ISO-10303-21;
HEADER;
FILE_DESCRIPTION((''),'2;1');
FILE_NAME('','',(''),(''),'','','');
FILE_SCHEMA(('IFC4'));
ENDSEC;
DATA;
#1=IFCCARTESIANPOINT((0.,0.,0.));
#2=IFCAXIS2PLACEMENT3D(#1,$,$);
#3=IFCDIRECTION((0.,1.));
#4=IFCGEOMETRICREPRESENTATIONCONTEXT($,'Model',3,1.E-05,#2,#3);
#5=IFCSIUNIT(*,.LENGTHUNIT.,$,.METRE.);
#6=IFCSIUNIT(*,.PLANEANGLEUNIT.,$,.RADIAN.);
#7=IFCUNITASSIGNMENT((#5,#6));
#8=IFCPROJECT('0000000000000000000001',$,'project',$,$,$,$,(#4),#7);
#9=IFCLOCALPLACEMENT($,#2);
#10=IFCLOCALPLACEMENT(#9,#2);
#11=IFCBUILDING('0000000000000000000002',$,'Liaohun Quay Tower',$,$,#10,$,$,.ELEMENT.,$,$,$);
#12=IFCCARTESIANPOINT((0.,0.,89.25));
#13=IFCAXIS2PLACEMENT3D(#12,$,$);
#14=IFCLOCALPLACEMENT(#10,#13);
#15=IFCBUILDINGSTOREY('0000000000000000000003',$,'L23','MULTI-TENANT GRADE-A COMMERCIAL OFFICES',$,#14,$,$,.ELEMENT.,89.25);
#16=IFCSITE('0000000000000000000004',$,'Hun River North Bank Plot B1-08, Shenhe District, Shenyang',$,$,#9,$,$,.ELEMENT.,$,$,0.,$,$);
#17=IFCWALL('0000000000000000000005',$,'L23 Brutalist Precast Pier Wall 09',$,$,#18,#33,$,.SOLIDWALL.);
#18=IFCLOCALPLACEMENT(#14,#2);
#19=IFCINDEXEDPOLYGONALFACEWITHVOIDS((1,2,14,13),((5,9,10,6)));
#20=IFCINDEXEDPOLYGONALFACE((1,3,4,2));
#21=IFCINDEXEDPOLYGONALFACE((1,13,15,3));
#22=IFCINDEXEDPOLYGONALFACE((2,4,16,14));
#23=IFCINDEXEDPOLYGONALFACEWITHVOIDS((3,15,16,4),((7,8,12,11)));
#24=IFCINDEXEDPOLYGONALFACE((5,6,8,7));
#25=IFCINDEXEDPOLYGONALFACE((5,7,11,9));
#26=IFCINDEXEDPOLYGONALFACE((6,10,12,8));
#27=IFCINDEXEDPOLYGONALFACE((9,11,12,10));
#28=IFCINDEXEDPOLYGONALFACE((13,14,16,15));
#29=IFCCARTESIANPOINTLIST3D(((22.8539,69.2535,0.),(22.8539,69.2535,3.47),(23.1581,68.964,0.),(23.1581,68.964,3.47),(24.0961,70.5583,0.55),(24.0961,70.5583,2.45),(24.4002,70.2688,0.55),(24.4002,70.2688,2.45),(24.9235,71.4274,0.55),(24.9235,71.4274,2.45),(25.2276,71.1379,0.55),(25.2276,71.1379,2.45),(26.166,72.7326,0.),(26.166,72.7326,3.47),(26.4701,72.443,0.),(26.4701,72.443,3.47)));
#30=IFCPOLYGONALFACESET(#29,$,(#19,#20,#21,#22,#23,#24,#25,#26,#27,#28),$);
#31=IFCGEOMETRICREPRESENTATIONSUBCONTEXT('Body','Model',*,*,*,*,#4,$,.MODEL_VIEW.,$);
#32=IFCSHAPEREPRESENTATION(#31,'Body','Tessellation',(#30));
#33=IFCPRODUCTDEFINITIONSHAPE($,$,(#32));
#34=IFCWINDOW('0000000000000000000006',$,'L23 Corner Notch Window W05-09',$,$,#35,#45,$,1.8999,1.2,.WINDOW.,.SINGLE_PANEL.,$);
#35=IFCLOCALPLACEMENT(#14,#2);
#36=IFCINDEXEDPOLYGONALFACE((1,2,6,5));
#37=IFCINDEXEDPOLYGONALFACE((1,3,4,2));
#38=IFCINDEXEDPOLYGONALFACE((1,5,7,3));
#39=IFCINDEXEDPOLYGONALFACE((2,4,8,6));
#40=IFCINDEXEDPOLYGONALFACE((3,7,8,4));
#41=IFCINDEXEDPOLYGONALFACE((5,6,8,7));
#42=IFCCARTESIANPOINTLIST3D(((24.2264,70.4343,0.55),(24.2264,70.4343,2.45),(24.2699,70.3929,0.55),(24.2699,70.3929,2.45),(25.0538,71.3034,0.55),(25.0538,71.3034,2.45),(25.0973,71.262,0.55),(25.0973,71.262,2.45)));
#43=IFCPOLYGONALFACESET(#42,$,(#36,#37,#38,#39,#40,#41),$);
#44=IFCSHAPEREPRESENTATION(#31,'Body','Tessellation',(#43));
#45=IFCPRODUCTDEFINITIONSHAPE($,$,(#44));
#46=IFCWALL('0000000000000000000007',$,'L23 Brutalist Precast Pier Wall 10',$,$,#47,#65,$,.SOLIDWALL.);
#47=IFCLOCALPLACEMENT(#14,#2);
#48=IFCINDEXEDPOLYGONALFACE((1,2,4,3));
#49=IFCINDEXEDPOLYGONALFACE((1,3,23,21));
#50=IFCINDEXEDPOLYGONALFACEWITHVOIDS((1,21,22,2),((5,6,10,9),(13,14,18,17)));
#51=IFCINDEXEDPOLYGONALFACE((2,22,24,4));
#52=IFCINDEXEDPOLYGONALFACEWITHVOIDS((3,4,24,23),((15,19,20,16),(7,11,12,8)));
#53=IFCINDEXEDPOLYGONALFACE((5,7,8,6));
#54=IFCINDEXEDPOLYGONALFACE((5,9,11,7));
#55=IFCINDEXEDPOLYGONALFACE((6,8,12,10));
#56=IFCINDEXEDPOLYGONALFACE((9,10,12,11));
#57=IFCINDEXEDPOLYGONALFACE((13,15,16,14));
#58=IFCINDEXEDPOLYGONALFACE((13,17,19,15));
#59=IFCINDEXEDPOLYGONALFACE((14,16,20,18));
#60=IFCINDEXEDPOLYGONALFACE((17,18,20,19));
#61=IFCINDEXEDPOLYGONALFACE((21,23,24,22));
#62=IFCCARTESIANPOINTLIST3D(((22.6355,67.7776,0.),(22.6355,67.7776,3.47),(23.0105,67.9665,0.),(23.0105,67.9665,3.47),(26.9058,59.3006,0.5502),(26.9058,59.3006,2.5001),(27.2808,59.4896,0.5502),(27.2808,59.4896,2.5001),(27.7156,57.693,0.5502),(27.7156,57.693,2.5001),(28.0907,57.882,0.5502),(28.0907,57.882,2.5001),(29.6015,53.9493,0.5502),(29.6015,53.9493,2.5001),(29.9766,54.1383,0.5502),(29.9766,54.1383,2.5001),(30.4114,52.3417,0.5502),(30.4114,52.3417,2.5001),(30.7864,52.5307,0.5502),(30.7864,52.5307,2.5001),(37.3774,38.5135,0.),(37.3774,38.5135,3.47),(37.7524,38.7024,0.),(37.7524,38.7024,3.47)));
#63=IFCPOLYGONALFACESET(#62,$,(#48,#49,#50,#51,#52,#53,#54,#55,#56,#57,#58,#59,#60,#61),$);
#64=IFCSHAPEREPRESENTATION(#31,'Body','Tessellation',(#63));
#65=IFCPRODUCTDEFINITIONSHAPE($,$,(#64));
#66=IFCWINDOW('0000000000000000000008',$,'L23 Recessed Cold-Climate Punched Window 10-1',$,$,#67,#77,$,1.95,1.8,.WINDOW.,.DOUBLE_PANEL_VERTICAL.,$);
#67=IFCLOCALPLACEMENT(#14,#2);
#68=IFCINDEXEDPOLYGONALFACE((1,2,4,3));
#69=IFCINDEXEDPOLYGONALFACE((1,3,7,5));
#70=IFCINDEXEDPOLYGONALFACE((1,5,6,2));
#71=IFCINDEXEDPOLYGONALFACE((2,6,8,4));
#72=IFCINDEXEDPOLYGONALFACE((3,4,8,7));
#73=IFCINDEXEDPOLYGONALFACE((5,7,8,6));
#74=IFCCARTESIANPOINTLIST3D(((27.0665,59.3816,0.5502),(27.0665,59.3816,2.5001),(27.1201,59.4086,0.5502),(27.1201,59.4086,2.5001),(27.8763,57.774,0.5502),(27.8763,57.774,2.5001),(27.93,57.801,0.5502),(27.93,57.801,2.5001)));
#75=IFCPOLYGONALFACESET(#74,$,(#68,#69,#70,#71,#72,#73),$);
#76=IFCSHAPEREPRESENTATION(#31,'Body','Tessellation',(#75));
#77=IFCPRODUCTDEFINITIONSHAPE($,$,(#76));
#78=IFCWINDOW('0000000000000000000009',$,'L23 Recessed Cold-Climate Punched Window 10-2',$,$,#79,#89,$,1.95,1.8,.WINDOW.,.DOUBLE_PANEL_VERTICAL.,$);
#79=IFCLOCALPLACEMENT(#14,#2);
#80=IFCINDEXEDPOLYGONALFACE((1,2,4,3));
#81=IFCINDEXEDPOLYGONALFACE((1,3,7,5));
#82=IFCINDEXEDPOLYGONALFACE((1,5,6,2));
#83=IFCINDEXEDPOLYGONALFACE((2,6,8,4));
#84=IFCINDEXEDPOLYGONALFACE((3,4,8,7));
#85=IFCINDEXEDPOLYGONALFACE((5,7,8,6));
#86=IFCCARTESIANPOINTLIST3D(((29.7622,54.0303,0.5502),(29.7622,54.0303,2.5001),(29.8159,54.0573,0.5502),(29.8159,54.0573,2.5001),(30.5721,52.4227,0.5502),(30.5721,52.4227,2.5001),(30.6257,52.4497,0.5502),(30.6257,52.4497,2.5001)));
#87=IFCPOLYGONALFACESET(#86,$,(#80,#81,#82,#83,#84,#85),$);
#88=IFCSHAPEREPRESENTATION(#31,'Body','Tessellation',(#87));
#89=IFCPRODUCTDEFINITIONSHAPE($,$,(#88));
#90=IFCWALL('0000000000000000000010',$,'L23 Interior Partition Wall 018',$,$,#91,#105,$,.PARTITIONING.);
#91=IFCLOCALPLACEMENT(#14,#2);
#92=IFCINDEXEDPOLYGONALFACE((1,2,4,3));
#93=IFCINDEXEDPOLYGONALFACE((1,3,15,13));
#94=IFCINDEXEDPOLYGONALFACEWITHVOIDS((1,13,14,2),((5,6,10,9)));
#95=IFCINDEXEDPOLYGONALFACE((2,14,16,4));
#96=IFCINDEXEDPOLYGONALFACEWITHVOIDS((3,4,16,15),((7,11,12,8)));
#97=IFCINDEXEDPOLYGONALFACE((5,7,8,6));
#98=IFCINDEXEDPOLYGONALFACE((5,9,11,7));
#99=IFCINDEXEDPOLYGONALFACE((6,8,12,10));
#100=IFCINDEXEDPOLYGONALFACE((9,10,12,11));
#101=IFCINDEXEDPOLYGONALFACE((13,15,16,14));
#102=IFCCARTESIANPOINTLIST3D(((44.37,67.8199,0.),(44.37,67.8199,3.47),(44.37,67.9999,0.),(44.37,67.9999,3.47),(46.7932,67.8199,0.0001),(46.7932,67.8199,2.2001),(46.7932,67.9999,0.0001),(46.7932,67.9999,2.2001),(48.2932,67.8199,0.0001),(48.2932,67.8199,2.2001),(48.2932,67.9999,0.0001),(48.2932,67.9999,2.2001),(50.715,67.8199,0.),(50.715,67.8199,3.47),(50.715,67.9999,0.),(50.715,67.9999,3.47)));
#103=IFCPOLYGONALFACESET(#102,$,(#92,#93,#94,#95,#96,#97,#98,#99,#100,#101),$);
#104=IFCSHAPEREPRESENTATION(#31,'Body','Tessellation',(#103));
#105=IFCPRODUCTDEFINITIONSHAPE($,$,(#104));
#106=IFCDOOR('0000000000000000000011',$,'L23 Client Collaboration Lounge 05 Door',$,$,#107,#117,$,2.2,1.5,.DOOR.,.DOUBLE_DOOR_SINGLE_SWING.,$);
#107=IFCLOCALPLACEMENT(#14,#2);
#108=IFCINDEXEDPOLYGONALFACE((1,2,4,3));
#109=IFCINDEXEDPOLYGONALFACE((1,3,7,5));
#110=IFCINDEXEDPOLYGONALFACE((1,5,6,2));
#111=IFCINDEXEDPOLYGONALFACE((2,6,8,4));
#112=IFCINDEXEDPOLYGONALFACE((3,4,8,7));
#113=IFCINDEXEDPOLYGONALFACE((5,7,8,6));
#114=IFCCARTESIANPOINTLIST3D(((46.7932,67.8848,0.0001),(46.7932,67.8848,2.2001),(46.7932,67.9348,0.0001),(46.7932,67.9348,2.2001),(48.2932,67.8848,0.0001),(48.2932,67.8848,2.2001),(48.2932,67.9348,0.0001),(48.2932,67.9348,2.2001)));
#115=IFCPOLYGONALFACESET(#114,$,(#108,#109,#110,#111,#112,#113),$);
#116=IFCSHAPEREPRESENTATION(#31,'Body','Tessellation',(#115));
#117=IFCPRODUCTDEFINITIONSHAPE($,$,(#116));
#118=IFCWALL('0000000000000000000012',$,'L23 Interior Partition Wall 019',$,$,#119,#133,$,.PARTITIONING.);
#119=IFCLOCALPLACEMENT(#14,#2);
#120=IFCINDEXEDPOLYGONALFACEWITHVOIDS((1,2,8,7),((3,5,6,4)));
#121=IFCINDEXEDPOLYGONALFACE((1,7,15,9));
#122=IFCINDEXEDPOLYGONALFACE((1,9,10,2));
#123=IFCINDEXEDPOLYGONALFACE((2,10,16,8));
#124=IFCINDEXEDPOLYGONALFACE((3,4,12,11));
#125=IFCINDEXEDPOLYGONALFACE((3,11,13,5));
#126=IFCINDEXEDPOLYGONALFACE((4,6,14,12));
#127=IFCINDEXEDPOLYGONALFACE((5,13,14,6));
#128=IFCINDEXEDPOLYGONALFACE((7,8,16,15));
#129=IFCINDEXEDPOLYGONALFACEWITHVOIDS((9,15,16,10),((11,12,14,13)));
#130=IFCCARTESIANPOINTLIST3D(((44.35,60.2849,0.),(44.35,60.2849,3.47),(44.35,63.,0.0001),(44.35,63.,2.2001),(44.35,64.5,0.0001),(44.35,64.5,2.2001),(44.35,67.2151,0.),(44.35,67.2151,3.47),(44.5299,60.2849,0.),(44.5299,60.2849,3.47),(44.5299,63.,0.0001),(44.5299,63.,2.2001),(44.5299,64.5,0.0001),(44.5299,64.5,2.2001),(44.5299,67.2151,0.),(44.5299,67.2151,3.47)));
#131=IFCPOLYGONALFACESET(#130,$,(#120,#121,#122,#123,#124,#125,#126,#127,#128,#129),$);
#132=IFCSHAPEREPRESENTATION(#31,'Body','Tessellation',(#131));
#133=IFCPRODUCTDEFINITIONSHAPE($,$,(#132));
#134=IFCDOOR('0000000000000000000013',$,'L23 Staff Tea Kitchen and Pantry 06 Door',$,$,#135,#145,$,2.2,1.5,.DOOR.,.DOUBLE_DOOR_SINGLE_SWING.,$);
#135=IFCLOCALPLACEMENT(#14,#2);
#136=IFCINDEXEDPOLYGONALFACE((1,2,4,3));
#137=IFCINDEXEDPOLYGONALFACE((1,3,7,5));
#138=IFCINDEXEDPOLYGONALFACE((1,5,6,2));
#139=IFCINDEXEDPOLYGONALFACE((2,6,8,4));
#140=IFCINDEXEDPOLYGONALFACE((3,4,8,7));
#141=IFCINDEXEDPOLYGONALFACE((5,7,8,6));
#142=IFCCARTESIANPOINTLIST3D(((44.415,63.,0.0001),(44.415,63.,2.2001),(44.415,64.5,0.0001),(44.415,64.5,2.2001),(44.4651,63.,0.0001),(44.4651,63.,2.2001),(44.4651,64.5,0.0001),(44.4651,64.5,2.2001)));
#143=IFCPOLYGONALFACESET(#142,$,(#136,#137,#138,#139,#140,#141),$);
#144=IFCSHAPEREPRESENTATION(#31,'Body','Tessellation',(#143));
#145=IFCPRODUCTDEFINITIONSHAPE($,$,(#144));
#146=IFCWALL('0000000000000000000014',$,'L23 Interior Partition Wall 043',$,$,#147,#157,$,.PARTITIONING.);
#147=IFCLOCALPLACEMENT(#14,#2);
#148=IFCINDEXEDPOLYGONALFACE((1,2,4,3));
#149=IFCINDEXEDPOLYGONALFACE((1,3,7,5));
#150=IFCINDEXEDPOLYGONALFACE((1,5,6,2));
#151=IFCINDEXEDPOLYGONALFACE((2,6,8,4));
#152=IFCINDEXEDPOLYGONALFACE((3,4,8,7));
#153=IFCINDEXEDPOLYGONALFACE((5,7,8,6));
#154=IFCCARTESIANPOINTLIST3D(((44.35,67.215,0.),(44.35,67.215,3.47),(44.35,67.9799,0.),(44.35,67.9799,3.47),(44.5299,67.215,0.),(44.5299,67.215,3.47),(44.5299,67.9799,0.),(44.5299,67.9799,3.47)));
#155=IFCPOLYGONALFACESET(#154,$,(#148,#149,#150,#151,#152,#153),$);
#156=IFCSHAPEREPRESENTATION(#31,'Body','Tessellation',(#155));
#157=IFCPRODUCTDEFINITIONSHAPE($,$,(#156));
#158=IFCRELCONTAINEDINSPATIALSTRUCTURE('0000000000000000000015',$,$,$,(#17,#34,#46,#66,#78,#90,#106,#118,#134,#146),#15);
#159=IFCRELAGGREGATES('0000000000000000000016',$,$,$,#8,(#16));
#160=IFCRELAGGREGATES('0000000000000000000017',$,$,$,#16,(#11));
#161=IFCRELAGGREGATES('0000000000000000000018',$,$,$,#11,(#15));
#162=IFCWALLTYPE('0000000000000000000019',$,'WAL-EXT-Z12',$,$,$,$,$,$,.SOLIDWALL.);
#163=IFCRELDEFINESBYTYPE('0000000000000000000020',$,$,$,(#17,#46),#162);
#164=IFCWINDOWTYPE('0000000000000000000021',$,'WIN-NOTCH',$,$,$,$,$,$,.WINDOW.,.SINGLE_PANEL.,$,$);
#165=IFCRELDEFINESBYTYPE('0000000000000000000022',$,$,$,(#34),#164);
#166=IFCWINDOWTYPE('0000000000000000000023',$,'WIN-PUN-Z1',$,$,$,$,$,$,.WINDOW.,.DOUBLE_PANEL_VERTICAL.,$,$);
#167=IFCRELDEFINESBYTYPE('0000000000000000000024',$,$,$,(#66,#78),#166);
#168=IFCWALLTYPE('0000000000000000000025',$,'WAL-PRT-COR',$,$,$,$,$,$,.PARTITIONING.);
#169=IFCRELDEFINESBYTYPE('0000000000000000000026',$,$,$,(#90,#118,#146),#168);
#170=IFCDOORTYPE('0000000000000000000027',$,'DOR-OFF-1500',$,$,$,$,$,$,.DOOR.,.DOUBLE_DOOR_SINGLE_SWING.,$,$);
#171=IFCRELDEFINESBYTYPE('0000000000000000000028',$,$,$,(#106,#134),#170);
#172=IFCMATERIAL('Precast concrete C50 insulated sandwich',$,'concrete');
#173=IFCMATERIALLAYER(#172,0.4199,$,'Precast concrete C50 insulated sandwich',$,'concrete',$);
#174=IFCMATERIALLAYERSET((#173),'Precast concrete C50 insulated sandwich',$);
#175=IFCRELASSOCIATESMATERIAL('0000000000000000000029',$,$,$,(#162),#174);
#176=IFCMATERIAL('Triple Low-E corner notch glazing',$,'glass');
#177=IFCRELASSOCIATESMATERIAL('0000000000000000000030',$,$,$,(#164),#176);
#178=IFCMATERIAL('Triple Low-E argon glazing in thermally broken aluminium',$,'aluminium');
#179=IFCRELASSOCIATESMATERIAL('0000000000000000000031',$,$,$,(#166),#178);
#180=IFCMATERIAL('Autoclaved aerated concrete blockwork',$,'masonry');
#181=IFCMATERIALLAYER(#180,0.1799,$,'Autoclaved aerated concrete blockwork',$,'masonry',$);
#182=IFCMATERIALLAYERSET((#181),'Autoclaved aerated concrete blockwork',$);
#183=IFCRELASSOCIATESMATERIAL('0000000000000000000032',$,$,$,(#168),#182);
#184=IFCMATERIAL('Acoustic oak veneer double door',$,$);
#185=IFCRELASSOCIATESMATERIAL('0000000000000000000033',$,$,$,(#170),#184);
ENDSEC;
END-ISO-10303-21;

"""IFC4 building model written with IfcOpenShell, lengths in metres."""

from ifc_helpers import new_model, si_unit, direction, frame, frame_2d, origin, place, context, subcontext, project, spatial, rectangle, extrude, source, transform, mapped, material, layer, layer_set, type_object, element, fill, save


model = new_model("IFC4")

# Units and contexts
model_context = context("Model", 3, precision=1e-05, world=origin(), true_north=direction((0.0, 1.0)))
body_context = subcontext(model_context, "Body", "Model", "MODEL_VIEW")
ifc_project = project(units=[si_unit("LENGTHUNIT", "METRE"), si_unit("PLANEANGLEUNIT", "RADIAN")], contexts=[model_context])

# Site, building, storey
site_placement = place(None, origin())
site = spatial("IfcSite", under=ifc_project, at=site_placement, Name="Hun River North Bank Plot B1-08, Shenhe District, Shenyang", CompositionType="ELEMENT", RefElevation=0.0)
building_placement = place(site_placement, origin())
building = spatial("IfcBuilding", under=site, at=building_placement, Name="Liaohun Quay Tower", CompositionType="ELEMENT")
storey_placement = place(building_placement, frame((0.0, 0.0, 89.25)))
storey = spatial("IfcBuildingStorey", under=building, at=storey_placement, Name="L23", Description="MULTI-TENANT GRADE-A COMMERCIAL OFFICES", CompositionType="ELEMENT", Elevation=89.25)

# Wall, opening, window
ifc_material_1 = material(Name="Precast concrete C50 insulated sandwich", Category="concrete")
ifc_layer_1 = layer(ifc_material_1, 0.4199, Name="Precast concrete C50 insulated sandwich", Category="concrete")
ifc_layer_set_1 = layer_set([ifc_layer_1], Name="Precast concrete C50 insulated sandwich")
wall_type_1 = type_object("IfcWallType", Name="WAL-EXT-Z12", PredefinedType="SOLIDWALL", material=ifc_layer_set_1)
shared_shape_1 = source(origin(), body_context, "Body", "SweptSolid", [
    extrude(rectangle(XDim=1.2, YDim=1.8999, at=frame_2d((0.6001, 0.95))), frame((0.0, 0.22, 0.0), z_axis=(0.0, -1.0, 0.0), x_axis=(1.0, 0.0, 0.0)), (0.0, 0.0, 1.0), 0.4399),
])
ifc_material_2 = material(Name="Triple Low-E corner notch glazing", Category="glass")
window_type_1 = type_object("IfcWindowType", Name="WIN-NOTCH", PartitioningType="SINGLE_PANEL", PredefinedType="WINDOW", material=ifc_material_2)
shared_shape_2 = source(origin(), body_context, "Body", "SweptSolid", [
    extrude(rectangle(XDim=1.2, YDim=1.8999, at=frame_2d((0.6001, 0.95))), frame((0.0, 0.03, 0.0), z_axis=(0.0, -1.0, 0.0), x_axis=(1.0, 0.0, 0.0)), (0.0, 0.0, 1.0), 0.0601),
])
wall_1_placement = place(storey_placement, frame((26.3181, 72.5879, 0.0), z_axis=(0.0, 0.0, 1.0), x_axis=(-0.68951, -0.724276, 0.0)))
wall_1 = element("IfcWall", 1, at=wall_1_placement, inside=storey, type_object=wall_type_1, Name="L23 Brutalist Precast Pier Wall 09", PredefinedType="SOLIDWALL", context=body_context, shape_type="SweptSolid", body=[
    extrude(rectangle(XDim=4.8035, YDim=0.4199, at=frame_2d((2.4019, 0.0))), origin(), (0.0, 0.0, 1.0), 3.47),
])
opening_1_placement = place(wall_1_placement, frame((1.802, 0.0, 0.55)))
opening_1 = element("IfcOpeningElement", 2, at=opening_1_placement, cuts=wall_1, PredefinedType="OPENING", context=body_context, shape_type="MappedRepresentation", body=[
    mapped(shared_shape_1, transform((0.0, 0.0, 0.0), x_axis=(1.0, 0.0, 0.0), y_axis=(0.0, 1.0, 0.0), z_axis=(0.0, 0.0, 1.0), scale=1.0)),
])
window_1_placement = place(opening_1_placement, origin())
window_1 = element("IfcWindow", 3, at=window_1_placement, inside=storey, type_object=window_type_1, Name="L23 Corner Notch Window W05-09", OverallHeight=1.8999, OverallWidth=1.2, PartitioningType="SINGLE_PANEL", PredefinedType="WINDOW", context=body_context, shape_type="MappedRepresentation", body=[
    mapped(shared_shape_2, transform((0.0, 0.0, 0.0), x_axis=(1.0, 0.0, 0.0), y_axis=(0.0, 1.0, 0.0), z_axis=(0.0, 0.0, 1.0), scale=1.0)),
])
fill(opening_1, window_1)

# Wall, openings, windows
wall_2_placement = place(storey_placement, frame((22.823, 67.8721, 0.0), z_axis=(0.0, 0.0, 1.0), x_axis=(0.449894, -0.893082, 0.0)))
wall_2 = element("IfcWall", 4, at=wall_2_placement, inside=storey, type_object=wall_type_1, Name="L23 Brutalist Precast Pier Wall 10", PredefinedType="SOLIDWALL", context=body_context, shape_type="SweptSolid", body=[
    extrude(rectangle(XDim=32.7676, YDim=0.4199, at=frame_2d((16.3838, 0.0))), origin(), (0.0, 0.0, 1.0), 3.47),
])
shared_shape_3 = source(origin(), body_context, "Body", "SweptSolid", [
    extrude(rectangle(XDim=1.8, YDim=1.95, at=frame_2d((0.8999, 0.9751))), frame((0.0, 0.22, 0.0), z_axis=(0.0, -1.0, 0.0), x_axis=(1.0, 0.0, 0.0)), (0.0, 0.0, 1.0), 0.4399),
])
opening_2_placement = place(wall_2_placement, frame((9.4919, 0.0, 0.55)))
opening_2 = element("IfcOpeningElement", 5, at=opening_2_placement, cuts=wall_2, PredefinedType="OPENING", context=body_context, shape_type="MappedRepresentation", body=[
    mapped(shared_shape_3, transform((0.0, 0.0, 0.0), x_axis=(1.0, 0.0, 0.0), y_axis=(0.0, 1.0, 0.0), z_axis=(0.0, 0.0, 1.0), scale=1.0)),
])
opening_3_placement = place(wall_2_placement, frame((15.4839, 0.0, 0.55)))
opening_3 = element("IfcOpeningElement", 6, at=opening_3_placement, cuts=wall_2, PredefinedType="OPENING", context=body_context, shape_type="MappedRepresentation", body=[
    mapped(shared_shape_3, transform((0.0, 0.0, 0.0), x_axis=(1.0, 0.0, 0.0), y_axis=(0.0, 1.0, 0.0), z_axis=(0.0, 0.0, 1.0), scale=1.0)),
])
ifc_material_3 = material(Name="Triple Low-E argon glazing in thermally broken aluminium", Category="aluminium")
window_type_2 = type_object("IfcWindowType", Name="WIN-PUN-Z1", PartitioningType="DOUBLE_PANEL_VERTICAL", PredefinedType="WINDOW", material=ifc_material_3)
shared_shape_4 = source(origin(), body_context, "Body", "SweptSolid", [
    extrude(rectangle(XDim=1.8, YDim=1.95, at=frame_2d((0.8999, 0.9751))), frame((0.0, 0.03, 0.0), z_axis=(0.0, -1.0, 0.0), x_axis=(1.0, 0.0, 0.0)), (0.0, 0.0, 1.0), 0.0601),
])
window_2_placement = place(opening_2_placement, origin())
window_2 = element("IfcWindow", 7, at=window_2_placement, inside=storey, type_object=window_type_2, Name="L23 Recessed Cold-Climate Punched Window 10-1", OverallHeight=1.95, OverallWidth=1.8, PartitioningType="DOUBLE_PANEL_VERTICAL", PredefinedType="WINDOW", context=body_context, shape_type="MappedRepresentation", body=[
    mapped(shared_shape_4, transform((0.0, 0.0, 0.0), x_axis=(1.0, 0.0, 0.0), y_axis=(0.0, 1.0, 0.0), z_axis=(0.0, 0.0, 1.0), scale=1.0)),
])
fill(opening_2, window_2)
window_3_placement = place(opening_3_placement, origin())
window_3 = element("IfcWindow", 8, at=window_3_placement, inside=storey, type_object=window_type_2, Name="L23 Recessed Cold-Climate Punched Window 10-2", OverallHeight=1.95, OverallWidth=1.8, PartitioningType="DOUBLE_PANEL_VERTICAL", PredefinedType="WINDOW", context=body_context, shape_type="MappedRepresentation", body=[
    mapped(shared_shape_4, transform((0.0, 0.0, 0.0), x_axis=(1.0, 0.0, 0.0), y_axis=(0.0, 1.0, 0.0), z_axis=(0.0, 0.0, 1.0), scale=1.0)),
])
fill(opening_3, window_3)

# Walls, openings, doors
ifc_material_4 = material(Name="Autoclaved aerated concrete blockwork", Category="masonry")
ifc_layer_2 = layer(ifc_material_4, 0.1799, Name="Autoclaved aerated concrete blockwork", Category="masonry")
ifc_layer_set_2 = layer_set([ifc_layer_2], Name="Autoclaved aerated concrete blockwork")
wall_type_2 = type_object("IfcWallType", Name="WAL-PRT-COR", PredefinedType="PARTITIONING", material=ifc_layer_set_2)
wall_3_placement = place(storey_placement, frame((44.3701, 67.9099, 0.0), z_axis=(0.0, 0.0, 1.0), x_axis=(1.0, 0.0, 0.0)))
wall_3 = element("IfcWall", 9, at=wall_3_placement, inside=storey, type_object=wall_type_2, Name="L23 Interior Partition Wall 018", PredefinedType="PARTITIONING", context=body_context, shape_type="SweptSolid", body=[
    extrude(rectangle(XDim=6.345, YDim=0.1799, at=frame_2d((3.1724, 0.0))), origin(), (0.0, 0.0, 1.0), 3.47),
])
shared_shape_5 = source(origin(), body_context, "Body", "SweptSolid", [
    extrude(rectangle(XDim=1.5, YDim=2.2, at=frame_2d((0.75, 1.1001))), frame((0.0, 0.0999, 0.0), z_axis=(0.0, -1.0, 0.0), x_axis=(1.0, 0.0, 0.0)), (0.0, 0.0, 1.0), 0.2),
])
opening_4_placement = place(wall_3_placement, frame((2.4231, 0.0, 0.0)))
opening_4 = element("IfcOpeningElement", 10, at=opening_4_placement, cuts=wall_3, PredefinedType="OPENING", context=body_context, shape_type="MappedRepresentation", body=[
    mapped(shared_shape_5, transform((0.0, 0.0, 0.0), x_axis=(1.0, 0.0, 0.0), y_axis=(0.0, 1.0, 0.0), z_axis=(0.0, 0.0, 1.0), scale=1.0)),
])
ifc_material_5 = material(Name="Acoustic oak veneer double door")
door_type = type_object("IfcDoorType", Name="DOR-OFF-1500", OperationType="DOUBLE_DOOR_SINGLE_SWING", PredefinedType="DOOR", material=ifc_material_5)
shared_shape_6 = source(origin(), body_context, "Body", "SweptSolid", [
    extrude(rectangle(XDim=1.5, YDim=2.2, at=frame_2d((0.75, 1.1001))), frame((0.0, 0.0249, 0.0), z_axis=(0.0, -1.0, 0.0), x_axis=(1.0, 0.0, 0.0)), (0.0, 0.0, 1.0), 0.05),
])
door_1_placement = place(opening_4_placement, origin())
door_1 = element("IfcDoor", 11, at=door_1_placement, inside=storey, type_object=door_type, Name="L23 Client Collaboration Lounge 05 Door", OperationType="DOUBLE_DOOR_SINGLE_SWING", OverallHeight=2.2, OverallWidth=1.5, PredefinedType="DOOR", context=body_context, shape_type="MappedRepresentation", body=[
    mapped(shared_shape_6, transform((0.0, 0.0, 0.0), x_axis=(1.0, 0.0, 0.0), y_axis=(0.0, 1.0, 0.0), z_axis=(0.0, 0.0, 1.0), scale=1.0)),
])
fill(opening_4, door_1)
wall_4_placement = place(storey_placement, frame((44.4399, 60.2849, 0.0), z_axis=(0.0, 0.0, 1.0), x_axis=(0.0, 1.0, 0.0)))
wall_4 = element("IfcWall", 12, at=wall_4_placement, inside=storey, type_object=wall_type_2, Name="L23 Interior Partition Wall 019", PredefinedType="PARTITIONING", context=body_context, shape_type="SweptSolid", body=[
    extrude(rectangle(XDim=6.9302, YDim=0.1799, at=frame_2d((3.4651, 0.0))), origin(), (0.0, 0.0, 1.0), 3.47),
])
opening_5_placement = place(wall_4_placement, frame((2.7151, 0.0, 0.0)))
opening_5 = element("IfcOpeningElement", 13, at=opening_5_placement, cuts=wall_4, PredefinedType="OPENING", context=body_context, shape_type="MappedRepresentation", body=[
    mapped(shared_shape_5, transform((0.0, 0.0, 0.0), x_axis=(1.0, 0.0, 0.0), y_axis=(0.0, 1.0, 0.0), z_axis=(0.0, 0.0, 1.0), scale=1.0)),
])
door_2_placement = place(opening_5_placement, origin())
door_2 = element("IfcDoor", 14, at=door_2_placement, inside=storey, type_object=door_type, Name="L23 Staff Tea Kitchen and Pantry 06 Door", OperationType="DOUBLE_DOOR_SINGLE_SWING", OverallHeight=2.2, OverallWidth=1.5, PredefinedType="DOOR", context=body_context, shape_type="MappedRepresentation", body=[
    mapped(shared_shape_6, transform((0.0, 0.0, 0.0), x_axis=(1.0, 0.0, 0.0), y_axis=(0.0, 1.0, 0.0), z_axis=(0.0, 0.0, 1.0), scale=1.0)),
])
fill(opening_5, door_2)

# Wall
wall_5_placement = place(storey_placement, frame((44.4399, 67.2151, 0.0), z_axis=(0.0, 0.0, 1.0), x_axis=(0.0, 1.0, 0.0)))
element("IfcWall", 15, at=wall_5_placement, inside=storey, type_object=wall_type_2, Name="L23 Interior Partition Wall 043", PredefinedType="PARTITIONING", context=body_context, shape_type="SweptSolid", body=[
    extrude(rectangle(XDim=0.7649, YDim=0.1799, at=frame_2d((0.3823, 0.0))), origin(), (0.0, 0.0, 1.0), 3.47),
])

save(model, "model.ifc")
